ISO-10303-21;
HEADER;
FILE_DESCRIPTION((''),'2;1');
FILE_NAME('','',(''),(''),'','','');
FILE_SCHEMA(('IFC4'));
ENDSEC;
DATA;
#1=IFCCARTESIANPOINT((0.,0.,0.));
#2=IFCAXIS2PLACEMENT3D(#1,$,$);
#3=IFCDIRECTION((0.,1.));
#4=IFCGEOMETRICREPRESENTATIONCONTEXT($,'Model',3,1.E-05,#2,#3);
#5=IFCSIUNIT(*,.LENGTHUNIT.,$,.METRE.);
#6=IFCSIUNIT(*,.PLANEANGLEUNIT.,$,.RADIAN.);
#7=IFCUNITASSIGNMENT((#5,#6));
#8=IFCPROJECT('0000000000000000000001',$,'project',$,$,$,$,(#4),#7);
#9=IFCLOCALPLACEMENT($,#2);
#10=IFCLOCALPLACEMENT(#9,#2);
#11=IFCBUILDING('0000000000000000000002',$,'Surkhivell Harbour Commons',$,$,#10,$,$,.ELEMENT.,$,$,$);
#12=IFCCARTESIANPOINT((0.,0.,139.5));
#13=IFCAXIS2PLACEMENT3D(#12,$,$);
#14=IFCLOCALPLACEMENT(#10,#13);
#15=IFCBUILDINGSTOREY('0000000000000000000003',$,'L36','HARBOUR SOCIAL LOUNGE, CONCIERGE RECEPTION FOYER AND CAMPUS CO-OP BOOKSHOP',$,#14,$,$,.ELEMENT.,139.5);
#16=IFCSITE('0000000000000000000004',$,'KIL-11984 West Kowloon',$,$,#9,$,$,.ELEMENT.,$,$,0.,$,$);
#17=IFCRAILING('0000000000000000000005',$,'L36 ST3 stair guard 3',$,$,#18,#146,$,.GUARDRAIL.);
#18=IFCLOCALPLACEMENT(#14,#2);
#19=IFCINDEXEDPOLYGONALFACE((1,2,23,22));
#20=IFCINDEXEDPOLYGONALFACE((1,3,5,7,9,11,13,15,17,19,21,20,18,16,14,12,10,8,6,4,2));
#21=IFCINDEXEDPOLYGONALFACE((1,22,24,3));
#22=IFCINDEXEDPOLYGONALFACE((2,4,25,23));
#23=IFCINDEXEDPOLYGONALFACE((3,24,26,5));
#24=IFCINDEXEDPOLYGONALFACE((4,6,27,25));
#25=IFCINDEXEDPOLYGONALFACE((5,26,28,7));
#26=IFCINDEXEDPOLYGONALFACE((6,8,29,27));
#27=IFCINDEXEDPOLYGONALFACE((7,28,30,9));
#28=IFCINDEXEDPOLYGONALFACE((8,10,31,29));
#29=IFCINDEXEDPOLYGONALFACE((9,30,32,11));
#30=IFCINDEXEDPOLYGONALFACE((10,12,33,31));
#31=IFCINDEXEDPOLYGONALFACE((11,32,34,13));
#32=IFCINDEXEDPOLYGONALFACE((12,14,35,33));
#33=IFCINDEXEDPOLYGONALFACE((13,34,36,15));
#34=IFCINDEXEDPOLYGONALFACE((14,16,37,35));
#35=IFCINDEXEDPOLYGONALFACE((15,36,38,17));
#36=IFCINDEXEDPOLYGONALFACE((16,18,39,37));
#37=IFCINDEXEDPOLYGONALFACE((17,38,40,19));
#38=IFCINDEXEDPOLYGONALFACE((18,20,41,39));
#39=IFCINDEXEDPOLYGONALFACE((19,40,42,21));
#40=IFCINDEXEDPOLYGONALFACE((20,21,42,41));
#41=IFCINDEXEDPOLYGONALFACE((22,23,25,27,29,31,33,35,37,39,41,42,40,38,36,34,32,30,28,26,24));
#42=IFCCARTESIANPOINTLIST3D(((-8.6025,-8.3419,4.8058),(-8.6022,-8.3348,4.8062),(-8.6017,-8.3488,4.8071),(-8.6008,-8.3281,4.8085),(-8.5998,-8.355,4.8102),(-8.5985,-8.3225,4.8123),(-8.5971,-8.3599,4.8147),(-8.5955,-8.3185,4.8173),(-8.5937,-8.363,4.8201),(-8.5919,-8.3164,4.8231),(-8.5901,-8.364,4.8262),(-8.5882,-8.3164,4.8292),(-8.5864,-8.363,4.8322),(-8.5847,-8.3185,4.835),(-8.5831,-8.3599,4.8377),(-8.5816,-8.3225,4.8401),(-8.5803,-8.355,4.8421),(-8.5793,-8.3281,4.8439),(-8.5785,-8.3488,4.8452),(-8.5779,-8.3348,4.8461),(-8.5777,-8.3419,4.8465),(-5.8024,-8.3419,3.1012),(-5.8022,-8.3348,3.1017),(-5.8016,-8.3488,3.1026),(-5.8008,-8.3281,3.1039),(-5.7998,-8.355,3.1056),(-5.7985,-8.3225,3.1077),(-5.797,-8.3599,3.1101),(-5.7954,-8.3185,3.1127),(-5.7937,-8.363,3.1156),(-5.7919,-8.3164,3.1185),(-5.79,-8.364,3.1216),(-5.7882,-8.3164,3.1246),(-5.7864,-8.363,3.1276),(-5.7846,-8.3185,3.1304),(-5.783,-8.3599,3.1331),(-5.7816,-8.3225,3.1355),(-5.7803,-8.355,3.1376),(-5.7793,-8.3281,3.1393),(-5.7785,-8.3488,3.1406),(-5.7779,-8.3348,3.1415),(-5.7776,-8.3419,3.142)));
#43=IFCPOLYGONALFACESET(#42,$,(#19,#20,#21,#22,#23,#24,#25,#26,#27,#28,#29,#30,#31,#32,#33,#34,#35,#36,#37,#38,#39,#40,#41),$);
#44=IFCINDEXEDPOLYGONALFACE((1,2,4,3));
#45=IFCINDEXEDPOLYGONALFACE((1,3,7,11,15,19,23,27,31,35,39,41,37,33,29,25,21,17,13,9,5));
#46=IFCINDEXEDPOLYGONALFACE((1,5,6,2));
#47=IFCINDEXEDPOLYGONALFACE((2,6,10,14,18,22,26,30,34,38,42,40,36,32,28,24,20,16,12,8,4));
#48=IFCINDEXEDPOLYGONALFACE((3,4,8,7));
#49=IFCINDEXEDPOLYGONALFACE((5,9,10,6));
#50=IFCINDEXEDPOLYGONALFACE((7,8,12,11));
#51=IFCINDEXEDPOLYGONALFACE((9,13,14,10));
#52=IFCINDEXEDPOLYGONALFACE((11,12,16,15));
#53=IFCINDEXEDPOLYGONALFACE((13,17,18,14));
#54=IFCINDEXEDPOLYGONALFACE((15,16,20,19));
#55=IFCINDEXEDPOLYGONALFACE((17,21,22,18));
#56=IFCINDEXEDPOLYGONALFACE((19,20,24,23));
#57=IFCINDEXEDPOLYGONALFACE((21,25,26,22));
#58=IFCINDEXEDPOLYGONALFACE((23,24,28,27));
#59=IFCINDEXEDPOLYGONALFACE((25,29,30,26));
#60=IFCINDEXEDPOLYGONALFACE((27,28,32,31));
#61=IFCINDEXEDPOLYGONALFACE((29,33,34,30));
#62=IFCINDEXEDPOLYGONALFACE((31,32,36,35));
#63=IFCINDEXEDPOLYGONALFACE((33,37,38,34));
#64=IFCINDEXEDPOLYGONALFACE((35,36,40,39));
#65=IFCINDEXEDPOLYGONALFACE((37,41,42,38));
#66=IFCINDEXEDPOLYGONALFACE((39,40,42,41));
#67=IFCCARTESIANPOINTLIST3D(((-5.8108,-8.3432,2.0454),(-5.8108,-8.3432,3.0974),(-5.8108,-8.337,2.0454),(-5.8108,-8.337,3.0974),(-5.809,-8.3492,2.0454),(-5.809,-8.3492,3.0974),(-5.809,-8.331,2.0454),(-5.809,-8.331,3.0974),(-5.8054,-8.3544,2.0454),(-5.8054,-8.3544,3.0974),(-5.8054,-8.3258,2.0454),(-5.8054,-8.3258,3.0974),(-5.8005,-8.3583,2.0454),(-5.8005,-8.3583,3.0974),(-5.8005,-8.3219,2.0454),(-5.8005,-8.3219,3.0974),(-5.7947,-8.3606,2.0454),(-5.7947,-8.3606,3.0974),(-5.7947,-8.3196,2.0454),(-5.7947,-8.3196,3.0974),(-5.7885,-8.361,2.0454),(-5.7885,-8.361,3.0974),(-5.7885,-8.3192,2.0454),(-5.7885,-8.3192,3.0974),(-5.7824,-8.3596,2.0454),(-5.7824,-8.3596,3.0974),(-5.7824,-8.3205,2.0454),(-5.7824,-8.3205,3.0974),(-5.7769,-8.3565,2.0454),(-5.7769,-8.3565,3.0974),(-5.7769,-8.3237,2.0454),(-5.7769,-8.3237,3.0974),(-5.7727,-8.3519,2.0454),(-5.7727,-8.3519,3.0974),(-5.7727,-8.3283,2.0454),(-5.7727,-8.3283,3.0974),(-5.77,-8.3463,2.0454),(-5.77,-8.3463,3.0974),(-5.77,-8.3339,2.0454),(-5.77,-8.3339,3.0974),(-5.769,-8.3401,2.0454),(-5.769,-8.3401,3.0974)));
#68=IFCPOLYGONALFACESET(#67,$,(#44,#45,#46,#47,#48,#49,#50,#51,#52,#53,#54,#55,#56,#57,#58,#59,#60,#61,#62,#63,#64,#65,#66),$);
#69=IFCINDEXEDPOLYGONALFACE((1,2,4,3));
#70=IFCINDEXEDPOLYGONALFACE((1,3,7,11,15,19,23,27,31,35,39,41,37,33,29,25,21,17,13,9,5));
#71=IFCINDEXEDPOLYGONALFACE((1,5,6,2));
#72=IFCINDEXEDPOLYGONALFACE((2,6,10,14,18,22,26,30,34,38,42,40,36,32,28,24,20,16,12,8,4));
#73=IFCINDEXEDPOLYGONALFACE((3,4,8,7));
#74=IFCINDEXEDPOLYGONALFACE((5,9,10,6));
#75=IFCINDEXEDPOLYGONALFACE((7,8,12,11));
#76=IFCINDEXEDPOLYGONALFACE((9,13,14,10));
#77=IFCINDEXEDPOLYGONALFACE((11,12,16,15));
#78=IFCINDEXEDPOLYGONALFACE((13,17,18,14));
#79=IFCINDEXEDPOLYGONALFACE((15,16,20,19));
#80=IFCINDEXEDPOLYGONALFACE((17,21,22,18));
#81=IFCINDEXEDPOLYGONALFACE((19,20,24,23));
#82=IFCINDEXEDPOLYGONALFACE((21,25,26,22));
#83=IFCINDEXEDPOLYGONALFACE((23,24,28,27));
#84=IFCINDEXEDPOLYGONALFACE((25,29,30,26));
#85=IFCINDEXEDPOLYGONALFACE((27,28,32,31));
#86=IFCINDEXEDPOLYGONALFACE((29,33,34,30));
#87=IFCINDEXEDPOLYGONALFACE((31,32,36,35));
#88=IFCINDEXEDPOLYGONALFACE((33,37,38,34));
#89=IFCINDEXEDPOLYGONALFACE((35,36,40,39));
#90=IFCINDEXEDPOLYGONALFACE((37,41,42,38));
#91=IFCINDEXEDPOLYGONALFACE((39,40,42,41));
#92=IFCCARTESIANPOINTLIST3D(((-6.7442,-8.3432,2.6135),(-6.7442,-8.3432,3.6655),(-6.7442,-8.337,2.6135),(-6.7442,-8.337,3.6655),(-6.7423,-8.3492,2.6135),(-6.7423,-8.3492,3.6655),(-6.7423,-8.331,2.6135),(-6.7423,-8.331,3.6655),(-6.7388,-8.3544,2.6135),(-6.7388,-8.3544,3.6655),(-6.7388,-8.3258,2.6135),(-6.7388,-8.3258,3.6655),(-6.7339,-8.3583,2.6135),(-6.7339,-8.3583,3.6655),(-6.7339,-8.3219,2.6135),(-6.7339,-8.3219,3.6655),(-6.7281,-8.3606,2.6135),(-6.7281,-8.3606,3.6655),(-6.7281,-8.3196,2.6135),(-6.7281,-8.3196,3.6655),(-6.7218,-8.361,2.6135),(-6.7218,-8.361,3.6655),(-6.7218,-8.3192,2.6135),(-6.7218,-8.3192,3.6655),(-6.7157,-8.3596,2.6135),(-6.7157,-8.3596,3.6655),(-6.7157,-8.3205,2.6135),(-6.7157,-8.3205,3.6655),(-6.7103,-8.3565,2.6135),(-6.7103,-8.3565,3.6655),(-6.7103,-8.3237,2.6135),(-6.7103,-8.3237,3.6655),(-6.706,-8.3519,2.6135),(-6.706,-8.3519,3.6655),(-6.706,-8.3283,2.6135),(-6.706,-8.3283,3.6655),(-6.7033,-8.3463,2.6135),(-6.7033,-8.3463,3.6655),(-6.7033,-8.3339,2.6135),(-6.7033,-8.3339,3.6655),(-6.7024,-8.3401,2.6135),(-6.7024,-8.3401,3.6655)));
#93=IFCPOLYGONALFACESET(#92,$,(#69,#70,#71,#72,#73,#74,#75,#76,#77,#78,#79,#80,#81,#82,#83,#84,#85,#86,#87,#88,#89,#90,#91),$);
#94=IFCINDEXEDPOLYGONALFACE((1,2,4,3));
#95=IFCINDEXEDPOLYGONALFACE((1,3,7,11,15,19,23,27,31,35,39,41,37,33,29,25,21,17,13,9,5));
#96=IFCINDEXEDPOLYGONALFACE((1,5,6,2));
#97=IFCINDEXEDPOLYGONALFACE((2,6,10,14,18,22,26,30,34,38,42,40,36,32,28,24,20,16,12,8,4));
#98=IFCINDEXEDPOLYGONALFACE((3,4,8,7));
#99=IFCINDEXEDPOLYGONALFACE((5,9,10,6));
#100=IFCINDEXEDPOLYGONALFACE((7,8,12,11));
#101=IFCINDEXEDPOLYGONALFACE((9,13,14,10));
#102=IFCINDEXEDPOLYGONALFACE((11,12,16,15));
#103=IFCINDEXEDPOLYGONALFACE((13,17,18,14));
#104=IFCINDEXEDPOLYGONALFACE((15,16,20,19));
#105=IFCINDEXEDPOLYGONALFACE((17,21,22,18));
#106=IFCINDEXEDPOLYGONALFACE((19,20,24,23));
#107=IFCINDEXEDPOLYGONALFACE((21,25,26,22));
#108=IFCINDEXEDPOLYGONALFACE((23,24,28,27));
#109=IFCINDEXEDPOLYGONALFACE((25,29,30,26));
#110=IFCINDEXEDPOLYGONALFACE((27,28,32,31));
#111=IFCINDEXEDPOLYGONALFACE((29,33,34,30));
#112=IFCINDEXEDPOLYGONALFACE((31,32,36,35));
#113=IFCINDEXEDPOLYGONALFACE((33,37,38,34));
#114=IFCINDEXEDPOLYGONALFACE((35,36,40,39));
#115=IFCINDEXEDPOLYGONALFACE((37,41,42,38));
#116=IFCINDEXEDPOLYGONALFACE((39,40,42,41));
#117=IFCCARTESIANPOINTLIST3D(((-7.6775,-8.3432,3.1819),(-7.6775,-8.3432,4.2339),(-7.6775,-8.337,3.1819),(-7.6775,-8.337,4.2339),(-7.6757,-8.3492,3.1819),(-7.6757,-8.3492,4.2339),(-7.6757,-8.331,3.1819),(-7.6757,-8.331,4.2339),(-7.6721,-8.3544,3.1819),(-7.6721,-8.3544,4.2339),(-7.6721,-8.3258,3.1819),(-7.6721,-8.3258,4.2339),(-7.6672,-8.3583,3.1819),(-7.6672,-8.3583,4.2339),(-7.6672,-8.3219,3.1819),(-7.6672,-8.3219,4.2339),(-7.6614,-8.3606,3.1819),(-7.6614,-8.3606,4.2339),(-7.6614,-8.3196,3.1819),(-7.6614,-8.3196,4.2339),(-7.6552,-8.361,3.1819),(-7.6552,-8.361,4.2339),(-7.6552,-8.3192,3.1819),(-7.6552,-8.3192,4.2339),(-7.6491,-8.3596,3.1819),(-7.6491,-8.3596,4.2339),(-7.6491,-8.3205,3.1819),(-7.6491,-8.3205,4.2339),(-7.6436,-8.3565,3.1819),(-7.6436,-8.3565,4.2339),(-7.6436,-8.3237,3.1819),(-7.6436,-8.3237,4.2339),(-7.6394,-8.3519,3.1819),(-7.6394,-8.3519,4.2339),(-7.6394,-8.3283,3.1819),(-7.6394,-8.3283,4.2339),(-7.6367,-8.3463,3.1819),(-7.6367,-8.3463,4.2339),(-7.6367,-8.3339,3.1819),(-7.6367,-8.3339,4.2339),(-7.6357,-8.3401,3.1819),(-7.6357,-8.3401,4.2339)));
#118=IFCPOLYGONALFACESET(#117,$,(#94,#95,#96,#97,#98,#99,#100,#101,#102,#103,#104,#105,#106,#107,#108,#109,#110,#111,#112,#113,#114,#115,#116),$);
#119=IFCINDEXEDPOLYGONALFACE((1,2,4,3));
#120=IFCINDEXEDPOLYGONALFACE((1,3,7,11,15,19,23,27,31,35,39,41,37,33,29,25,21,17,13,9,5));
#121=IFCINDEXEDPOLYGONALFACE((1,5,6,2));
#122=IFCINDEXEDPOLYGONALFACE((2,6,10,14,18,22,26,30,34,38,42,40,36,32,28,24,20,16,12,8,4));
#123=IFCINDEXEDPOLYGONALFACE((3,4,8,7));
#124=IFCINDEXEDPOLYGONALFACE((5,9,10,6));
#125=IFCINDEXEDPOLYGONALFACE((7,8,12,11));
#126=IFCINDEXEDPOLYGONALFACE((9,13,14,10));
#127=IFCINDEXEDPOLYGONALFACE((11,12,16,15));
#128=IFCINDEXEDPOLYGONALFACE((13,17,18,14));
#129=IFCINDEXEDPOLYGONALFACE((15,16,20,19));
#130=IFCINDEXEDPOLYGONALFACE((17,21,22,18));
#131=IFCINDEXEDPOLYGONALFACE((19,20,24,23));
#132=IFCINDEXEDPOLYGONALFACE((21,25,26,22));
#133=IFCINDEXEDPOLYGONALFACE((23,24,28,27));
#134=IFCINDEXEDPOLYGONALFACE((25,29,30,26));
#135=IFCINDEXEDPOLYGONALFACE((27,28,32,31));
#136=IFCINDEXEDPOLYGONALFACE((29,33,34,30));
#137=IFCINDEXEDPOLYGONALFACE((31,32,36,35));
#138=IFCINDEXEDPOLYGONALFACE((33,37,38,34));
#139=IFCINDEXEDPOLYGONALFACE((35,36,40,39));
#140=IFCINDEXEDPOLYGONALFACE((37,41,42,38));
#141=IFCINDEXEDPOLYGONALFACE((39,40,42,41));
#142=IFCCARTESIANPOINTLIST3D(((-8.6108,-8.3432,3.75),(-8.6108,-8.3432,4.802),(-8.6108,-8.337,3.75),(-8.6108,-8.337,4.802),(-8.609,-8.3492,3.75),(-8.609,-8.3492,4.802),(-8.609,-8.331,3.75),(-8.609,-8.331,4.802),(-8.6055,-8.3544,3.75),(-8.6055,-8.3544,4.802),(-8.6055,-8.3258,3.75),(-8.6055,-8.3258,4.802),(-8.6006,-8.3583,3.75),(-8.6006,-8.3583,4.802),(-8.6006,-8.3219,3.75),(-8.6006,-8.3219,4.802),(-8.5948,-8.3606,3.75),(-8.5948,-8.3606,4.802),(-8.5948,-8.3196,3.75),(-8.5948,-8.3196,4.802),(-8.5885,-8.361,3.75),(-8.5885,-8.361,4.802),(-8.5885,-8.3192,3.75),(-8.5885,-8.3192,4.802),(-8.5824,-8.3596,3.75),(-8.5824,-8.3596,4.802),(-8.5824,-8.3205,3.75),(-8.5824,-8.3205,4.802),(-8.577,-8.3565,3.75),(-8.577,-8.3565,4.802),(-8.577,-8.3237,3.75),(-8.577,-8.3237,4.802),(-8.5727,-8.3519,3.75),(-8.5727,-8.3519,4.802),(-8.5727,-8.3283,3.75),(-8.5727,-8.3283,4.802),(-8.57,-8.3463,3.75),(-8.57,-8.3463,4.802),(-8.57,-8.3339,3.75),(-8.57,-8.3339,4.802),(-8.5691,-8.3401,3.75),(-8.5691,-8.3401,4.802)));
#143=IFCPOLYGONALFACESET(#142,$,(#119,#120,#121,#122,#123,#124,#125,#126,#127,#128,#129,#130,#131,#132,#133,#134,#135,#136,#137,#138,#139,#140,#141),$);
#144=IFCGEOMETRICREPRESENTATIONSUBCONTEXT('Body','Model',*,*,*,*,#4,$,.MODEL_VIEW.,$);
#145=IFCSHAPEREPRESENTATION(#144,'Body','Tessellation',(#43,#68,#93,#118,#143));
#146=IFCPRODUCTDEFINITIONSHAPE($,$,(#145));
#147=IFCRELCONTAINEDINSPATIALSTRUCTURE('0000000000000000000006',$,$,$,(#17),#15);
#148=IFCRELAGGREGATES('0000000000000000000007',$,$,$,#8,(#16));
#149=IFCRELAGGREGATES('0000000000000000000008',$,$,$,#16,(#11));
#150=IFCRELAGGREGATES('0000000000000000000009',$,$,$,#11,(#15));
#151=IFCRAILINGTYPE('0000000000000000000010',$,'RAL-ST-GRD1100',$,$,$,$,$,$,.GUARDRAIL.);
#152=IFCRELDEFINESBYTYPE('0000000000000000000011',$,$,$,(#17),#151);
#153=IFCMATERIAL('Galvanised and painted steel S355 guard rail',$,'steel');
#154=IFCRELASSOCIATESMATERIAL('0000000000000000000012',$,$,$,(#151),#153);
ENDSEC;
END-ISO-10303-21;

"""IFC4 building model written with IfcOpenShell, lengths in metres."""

from ifc_helpers import new_model, si_unit, direction, frame, origin, origin_2d, place, context, subcontext, project, spatial, circle, extrude, material, type_object, element, save


model = new_model("IFC4")

# Units and contexts
model_context = context("Model", 3, precision=1e-05, world=origin(), true_north=direction((0.0, 1.0)))
body_context = subcontext(model_context, "Body", "Model", "MODEL_VIEW")
ifc_project = project(units=[si_unit("LENGTHUNIT", "METRE"), si_unit("PLANEANGLEUNIT", "RADIAN")], contexts=[model_context])

# Site, building, storey
site_placement = place(None, origin())
site = spatial("IfcSite", under=ifc_project, at=site_placement, Name="KIL-11984 West Kowloon", CompositionType="ELEMENT", RefElevation=0.0)
building_placement = place(site_placement, origin())
building = spatial("IfcBuilding", under=site, at=building_placement, Name="Surkhivell Harbour Commons", CompositionType="ELEMENT")
storey_placement = place(building_placement, frame((0.0, 0.0, 139.5)))
storey = spatial("IfcBuildingStorey", under=building, at=storey_placement, Name="L36", Description="HARBOUR SOCIAL LOUNGE, CONCIERGE RECEPTION FOYER AND CAMPUS CO-OP BOOKSHOP", CompositionType="ELEMENT", Elevation=139.5)

# Railing
ifc_material_1 = material(Name="Galvanised and painted steel S355 guard rail", Category="steel")
railing_type_1 = type_object("IfcRailingType", Name="RAL-ST-GRD1100", PredefinedType="GUARDRAIL", material=ifc_material_1)
railing_1_placement = place(storey_placement, frame((-5.79, -8.3401, 2.0454)))
element("IfcRailing", 1, at=railing_1_placement, inside=storey, type_object=railing_type_1, Name="L36 ST3 stair guard 3", PredefinedType="GUARDRAIL", context=body_context, shape_type="SweptSolid", body=[
    extrude(circle(Radius=0.0239, at=origin_2d()), frame((0.0, 0.0, 1.0762), z_axis=(-0.85417, 0.0, 0.519994), x_axis=(0.0, -1.0, 0.0)), (0.0, 0.0, 1.0), 3.2781),
    extrude(circle(Radius=0.021, at=origin_2d()), origin(), (0.0, 0.0, 1.0), 1.052),
    extrude(circle(Radius=0.021, at=origin_2d()), frame((-0.9333, 0.0, 0.5681)), (0.0, 0.0, 1.0), 1.052),
    extrude(circle(Radius=0.021, at=origin_2d()), frame((-1.8667, 0.0, 1.1365)), (0.0, 0.0, 1.0), 1.052),
    extrude(circle(Radius=0.021, at=origin_2d()), frame((-2.8, 0.0, 1.7046)), (0.0, 0.0, 1.0), 1.052),
])

save(model, "model.ifc")
